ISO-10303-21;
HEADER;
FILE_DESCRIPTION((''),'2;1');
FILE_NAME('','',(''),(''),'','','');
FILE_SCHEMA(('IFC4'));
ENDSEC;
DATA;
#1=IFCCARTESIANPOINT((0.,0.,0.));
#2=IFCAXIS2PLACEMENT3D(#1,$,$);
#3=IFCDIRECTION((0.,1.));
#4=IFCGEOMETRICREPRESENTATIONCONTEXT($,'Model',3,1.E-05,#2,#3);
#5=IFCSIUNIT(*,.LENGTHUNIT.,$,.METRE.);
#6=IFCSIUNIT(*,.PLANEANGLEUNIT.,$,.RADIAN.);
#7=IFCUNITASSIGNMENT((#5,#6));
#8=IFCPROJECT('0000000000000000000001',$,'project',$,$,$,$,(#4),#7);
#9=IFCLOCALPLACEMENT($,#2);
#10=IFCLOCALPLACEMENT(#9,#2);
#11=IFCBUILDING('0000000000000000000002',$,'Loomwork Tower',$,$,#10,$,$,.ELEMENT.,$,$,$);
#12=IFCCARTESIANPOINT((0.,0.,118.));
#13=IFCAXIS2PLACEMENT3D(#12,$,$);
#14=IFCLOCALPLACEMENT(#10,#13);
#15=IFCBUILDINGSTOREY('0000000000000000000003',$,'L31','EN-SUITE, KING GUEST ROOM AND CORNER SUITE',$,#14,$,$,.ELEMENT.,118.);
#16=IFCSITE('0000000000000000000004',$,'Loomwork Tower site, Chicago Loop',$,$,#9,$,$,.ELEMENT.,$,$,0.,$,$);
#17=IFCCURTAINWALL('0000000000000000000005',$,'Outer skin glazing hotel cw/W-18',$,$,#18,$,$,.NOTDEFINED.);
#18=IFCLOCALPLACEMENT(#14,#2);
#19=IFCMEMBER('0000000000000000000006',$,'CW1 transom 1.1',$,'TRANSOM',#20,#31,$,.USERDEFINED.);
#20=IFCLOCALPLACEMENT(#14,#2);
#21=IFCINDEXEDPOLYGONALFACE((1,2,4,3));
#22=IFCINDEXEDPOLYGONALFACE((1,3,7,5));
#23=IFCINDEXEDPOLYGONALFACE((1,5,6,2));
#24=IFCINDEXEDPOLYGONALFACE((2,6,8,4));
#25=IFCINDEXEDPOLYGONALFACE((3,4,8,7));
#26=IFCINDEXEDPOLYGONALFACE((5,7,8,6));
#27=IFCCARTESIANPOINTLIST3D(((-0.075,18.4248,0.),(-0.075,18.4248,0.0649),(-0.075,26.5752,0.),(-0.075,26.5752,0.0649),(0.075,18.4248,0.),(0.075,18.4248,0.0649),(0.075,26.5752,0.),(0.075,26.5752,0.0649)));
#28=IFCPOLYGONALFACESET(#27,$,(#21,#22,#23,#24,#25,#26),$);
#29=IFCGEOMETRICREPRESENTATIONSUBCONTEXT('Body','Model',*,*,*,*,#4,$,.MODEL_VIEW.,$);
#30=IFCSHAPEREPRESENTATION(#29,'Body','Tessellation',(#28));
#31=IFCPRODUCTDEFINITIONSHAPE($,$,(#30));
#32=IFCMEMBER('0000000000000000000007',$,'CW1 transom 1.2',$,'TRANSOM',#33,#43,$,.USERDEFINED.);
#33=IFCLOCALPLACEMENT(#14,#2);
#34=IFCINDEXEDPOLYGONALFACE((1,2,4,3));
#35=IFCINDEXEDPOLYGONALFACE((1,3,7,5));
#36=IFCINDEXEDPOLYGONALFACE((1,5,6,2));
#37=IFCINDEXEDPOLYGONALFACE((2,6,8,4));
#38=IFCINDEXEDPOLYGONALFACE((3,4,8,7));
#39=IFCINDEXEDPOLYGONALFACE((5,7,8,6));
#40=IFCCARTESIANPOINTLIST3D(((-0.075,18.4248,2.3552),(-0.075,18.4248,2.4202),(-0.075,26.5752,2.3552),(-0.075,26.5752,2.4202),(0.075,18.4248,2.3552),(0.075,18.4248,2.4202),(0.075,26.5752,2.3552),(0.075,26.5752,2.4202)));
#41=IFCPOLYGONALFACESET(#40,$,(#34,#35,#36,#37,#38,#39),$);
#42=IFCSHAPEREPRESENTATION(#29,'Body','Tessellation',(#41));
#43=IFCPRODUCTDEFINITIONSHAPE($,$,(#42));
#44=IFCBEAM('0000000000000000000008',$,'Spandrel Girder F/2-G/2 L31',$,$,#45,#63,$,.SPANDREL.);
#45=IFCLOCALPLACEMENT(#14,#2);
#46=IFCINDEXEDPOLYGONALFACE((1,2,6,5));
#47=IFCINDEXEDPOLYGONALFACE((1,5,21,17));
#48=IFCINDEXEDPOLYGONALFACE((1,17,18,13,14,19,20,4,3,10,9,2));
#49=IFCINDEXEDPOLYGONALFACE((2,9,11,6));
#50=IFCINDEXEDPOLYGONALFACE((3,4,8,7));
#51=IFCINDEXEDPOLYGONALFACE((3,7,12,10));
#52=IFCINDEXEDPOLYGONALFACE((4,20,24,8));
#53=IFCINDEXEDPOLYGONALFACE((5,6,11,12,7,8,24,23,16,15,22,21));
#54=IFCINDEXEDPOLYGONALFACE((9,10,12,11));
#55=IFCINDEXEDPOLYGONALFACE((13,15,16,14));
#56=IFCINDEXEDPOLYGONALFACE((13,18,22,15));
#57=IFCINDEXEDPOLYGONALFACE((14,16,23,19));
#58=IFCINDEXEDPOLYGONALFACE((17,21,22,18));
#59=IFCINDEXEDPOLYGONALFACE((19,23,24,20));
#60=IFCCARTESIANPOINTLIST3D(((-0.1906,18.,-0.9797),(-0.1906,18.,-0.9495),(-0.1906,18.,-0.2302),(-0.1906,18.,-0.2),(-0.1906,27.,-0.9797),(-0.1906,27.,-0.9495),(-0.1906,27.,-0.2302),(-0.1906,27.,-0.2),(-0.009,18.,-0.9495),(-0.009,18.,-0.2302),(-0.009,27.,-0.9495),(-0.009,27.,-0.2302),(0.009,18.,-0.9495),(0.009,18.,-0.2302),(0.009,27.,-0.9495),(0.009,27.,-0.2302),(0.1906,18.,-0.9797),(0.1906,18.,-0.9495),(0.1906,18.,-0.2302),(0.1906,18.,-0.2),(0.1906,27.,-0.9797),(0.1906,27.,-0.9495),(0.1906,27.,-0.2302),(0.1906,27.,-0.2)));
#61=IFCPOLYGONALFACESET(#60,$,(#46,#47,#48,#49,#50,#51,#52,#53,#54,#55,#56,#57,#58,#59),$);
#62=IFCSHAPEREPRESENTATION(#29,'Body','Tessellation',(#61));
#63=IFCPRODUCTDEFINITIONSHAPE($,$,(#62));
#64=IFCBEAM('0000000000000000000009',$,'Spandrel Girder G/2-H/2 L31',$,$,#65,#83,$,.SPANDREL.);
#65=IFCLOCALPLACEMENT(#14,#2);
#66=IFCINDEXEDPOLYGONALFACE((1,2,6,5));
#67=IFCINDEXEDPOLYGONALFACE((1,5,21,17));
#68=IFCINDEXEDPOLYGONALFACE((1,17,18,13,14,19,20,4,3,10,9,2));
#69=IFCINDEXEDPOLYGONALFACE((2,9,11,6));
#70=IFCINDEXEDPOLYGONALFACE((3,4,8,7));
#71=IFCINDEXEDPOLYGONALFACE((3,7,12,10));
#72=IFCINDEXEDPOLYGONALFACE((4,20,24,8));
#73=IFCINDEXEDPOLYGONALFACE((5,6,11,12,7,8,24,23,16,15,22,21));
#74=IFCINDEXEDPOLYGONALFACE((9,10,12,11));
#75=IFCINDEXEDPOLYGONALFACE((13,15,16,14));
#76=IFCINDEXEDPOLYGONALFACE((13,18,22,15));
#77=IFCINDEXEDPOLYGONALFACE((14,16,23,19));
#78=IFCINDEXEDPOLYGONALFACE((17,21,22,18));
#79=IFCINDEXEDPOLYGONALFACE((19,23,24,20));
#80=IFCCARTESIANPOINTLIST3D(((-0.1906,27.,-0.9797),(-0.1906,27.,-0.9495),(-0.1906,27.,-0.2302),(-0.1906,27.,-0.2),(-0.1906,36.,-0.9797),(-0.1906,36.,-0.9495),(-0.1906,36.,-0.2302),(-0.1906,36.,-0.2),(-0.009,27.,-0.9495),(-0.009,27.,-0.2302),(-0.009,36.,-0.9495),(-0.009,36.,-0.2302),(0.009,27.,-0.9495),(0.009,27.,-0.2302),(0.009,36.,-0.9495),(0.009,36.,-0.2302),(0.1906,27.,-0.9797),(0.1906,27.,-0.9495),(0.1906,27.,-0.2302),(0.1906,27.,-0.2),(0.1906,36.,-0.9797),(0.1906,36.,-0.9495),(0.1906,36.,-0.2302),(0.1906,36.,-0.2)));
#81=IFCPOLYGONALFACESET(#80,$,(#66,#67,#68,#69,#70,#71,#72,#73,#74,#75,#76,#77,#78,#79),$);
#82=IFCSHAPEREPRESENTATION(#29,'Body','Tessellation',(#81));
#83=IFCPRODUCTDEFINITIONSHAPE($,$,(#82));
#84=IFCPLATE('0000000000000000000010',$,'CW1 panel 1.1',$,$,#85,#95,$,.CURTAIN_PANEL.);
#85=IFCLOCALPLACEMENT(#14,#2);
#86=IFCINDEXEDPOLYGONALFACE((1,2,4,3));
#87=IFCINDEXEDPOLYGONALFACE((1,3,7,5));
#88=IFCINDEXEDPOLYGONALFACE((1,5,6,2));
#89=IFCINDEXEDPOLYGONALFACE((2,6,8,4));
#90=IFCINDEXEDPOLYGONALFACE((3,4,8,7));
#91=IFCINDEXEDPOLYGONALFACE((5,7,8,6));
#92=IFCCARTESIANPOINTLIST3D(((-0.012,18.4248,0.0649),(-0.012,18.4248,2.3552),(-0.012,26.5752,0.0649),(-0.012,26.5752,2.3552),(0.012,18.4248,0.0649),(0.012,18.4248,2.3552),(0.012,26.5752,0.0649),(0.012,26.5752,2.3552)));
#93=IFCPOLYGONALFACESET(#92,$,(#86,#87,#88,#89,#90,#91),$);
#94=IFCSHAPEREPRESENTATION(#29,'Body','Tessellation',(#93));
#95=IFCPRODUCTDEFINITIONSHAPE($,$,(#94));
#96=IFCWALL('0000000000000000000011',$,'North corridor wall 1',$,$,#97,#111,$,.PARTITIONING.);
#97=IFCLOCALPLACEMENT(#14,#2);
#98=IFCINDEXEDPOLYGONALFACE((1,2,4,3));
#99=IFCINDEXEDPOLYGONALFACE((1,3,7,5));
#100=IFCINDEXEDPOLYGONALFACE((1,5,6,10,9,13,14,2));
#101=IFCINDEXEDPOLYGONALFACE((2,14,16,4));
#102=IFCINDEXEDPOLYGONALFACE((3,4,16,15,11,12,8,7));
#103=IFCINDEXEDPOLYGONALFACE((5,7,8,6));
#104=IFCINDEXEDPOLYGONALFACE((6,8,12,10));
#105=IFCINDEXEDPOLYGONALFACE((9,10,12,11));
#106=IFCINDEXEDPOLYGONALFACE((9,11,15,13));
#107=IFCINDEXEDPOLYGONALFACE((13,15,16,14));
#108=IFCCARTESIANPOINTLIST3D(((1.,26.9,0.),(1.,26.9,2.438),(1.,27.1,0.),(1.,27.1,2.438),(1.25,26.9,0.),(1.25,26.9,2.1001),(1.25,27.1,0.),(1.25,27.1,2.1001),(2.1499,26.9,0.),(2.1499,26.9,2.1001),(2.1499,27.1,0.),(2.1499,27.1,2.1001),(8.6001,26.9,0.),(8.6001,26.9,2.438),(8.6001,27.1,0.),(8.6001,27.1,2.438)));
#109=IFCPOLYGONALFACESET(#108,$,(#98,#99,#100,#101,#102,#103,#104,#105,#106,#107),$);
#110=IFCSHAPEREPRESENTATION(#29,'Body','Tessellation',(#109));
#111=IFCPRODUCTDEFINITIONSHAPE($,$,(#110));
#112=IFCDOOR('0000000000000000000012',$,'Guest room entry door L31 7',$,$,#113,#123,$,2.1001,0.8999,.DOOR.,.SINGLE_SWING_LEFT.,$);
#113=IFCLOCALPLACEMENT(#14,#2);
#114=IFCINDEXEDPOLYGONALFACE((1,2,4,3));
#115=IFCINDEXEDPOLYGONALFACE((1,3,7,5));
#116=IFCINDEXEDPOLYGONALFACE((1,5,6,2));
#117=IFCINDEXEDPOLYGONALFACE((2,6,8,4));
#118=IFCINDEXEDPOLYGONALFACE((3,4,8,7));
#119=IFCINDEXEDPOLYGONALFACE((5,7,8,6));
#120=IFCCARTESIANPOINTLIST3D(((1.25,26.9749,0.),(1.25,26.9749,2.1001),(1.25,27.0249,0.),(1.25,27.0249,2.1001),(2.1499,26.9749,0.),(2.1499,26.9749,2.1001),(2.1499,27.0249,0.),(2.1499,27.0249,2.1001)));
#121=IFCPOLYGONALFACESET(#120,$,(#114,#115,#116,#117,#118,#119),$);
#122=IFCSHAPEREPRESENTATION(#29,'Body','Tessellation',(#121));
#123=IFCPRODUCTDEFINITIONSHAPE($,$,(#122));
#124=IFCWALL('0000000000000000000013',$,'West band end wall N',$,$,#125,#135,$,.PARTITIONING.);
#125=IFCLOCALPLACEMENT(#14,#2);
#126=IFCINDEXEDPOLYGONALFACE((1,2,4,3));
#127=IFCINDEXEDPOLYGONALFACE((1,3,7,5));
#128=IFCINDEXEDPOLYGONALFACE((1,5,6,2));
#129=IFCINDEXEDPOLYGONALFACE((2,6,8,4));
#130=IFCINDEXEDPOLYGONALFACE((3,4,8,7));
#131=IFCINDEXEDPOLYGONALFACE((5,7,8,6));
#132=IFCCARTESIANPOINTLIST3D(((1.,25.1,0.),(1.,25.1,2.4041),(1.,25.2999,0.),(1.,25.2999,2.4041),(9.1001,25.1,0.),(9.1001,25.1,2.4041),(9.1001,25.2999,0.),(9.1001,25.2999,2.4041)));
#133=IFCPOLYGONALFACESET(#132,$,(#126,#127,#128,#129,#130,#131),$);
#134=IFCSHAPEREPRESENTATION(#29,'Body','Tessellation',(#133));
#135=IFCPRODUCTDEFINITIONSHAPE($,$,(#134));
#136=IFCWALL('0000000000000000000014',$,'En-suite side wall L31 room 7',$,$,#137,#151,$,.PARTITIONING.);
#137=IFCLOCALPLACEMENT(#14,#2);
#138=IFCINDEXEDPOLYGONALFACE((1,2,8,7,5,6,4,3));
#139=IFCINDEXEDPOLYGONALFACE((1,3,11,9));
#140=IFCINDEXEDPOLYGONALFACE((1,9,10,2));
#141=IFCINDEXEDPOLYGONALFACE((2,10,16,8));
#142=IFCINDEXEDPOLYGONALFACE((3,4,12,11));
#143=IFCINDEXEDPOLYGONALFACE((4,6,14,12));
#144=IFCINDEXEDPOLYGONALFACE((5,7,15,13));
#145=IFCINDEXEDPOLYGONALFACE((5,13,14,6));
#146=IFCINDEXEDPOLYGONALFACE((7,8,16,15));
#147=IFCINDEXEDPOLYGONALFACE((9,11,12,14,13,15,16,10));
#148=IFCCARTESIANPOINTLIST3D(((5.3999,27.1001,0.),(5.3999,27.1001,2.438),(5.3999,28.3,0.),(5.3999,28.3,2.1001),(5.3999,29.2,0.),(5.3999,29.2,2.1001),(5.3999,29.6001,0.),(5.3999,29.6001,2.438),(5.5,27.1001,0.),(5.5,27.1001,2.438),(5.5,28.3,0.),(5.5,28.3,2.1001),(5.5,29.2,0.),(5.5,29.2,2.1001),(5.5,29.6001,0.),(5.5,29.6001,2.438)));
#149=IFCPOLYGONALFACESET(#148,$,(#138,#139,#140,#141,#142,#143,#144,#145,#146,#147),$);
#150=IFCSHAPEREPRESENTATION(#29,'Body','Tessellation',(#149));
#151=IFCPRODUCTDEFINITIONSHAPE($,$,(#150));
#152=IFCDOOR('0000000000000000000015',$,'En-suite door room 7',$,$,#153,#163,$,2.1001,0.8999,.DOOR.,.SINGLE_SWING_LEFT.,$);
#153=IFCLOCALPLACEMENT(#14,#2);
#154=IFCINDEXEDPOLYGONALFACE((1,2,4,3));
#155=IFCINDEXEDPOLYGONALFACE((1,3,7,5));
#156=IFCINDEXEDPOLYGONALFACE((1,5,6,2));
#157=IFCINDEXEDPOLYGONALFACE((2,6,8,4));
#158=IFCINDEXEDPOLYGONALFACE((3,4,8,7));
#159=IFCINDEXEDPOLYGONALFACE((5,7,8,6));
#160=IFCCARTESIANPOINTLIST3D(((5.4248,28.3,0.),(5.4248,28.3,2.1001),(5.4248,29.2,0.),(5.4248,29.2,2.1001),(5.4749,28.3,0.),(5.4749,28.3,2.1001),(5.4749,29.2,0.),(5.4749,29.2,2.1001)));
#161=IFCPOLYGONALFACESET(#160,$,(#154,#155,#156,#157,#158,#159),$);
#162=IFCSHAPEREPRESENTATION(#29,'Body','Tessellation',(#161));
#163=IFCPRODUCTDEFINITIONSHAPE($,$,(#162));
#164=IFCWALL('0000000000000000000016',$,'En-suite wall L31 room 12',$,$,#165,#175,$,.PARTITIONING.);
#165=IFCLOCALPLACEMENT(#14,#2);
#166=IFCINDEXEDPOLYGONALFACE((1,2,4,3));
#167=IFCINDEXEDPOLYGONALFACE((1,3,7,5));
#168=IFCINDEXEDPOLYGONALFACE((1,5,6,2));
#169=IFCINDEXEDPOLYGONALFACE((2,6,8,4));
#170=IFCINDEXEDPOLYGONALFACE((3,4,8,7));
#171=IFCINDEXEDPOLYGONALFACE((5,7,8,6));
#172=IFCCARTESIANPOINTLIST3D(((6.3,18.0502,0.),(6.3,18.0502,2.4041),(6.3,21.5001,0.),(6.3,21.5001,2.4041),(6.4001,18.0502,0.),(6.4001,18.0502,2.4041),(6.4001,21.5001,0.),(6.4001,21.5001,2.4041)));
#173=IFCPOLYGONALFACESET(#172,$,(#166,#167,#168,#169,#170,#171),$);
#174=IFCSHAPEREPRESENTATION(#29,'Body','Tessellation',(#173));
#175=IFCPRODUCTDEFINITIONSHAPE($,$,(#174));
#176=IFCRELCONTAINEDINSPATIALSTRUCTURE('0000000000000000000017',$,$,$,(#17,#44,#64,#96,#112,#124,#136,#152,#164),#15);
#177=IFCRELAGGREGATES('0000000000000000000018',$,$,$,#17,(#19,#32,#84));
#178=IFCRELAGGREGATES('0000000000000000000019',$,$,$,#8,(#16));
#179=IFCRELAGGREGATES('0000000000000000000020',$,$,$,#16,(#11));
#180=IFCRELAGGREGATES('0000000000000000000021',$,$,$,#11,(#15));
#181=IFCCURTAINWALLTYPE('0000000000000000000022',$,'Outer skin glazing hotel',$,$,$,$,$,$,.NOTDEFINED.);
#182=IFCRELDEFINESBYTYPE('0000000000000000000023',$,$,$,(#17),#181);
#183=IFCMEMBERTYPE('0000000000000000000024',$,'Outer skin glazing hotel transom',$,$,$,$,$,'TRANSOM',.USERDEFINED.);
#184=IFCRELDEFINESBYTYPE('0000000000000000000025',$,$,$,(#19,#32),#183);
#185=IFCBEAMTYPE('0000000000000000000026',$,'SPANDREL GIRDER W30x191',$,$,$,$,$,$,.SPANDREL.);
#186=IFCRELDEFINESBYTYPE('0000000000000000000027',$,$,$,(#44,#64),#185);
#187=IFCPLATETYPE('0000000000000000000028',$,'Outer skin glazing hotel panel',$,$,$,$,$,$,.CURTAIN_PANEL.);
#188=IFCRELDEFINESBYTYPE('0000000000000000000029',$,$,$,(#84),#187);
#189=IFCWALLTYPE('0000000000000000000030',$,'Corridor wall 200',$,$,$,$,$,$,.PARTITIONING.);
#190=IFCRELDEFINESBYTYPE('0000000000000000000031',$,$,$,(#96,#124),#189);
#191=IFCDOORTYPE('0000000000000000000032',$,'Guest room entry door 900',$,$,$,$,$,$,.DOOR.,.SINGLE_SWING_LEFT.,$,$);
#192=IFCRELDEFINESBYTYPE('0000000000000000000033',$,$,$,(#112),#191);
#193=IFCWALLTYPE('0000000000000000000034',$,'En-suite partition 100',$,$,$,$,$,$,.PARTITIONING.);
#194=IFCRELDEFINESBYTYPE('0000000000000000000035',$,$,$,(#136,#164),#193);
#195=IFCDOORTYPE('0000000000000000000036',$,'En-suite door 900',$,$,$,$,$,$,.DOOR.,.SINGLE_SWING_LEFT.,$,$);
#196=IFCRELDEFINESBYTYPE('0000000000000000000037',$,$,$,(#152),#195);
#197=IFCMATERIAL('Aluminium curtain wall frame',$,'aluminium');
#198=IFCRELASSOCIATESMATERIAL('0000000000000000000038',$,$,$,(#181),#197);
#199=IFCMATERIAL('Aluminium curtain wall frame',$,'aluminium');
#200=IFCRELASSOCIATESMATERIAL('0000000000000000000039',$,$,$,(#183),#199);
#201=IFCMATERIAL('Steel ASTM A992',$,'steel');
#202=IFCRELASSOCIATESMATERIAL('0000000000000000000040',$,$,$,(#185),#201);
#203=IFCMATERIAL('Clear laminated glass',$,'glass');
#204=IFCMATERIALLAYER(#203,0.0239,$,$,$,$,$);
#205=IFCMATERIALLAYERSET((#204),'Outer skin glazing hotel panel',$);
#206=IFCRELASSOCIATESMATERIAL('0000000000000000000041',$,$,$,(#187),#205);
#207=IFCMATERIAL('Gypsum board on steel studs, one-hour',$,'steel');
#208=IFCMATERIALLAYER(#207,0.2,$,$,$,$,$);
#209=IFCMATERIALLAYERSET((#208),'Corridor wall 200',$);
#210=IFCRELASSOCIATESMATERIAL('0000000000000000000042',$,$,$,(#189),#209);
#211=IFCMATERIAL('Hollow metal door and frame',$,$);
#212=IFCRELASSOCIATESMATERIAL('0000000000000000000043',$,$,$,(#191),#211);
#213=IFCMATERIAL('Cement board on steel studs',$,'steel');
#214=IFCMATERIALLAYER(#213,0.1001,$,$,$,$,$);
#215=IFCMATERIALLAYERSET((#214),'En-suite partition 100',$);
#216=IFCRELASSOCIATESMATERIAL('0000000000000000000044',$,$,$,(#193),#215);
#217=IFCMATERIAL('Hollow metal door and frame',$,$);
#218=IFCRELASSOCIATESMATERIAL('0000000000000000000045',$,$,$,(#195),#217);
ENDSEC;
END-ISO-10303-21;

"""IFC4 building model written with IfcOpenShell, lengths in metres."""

from ifc_helpers import new_model, si_unit, direction, frame, frame_2d, origin, origin_2d, place, context, subcontext, project, spatial, rectangle, i_section, extrude, material, layer, layer_set, material_profile, profile_set, type_object, element, fill, aggregate, save


model = new_model("IFC4")

# Units and contexts
model_context = context("Model", 3, precision=1e-05, world=origin(), true_north=direction((0.0, 1.0)))
body_context = subcontext(model_context, "Body", "Model", "MODEL_VIEW")
ifc_project = project(units=[si_unit("LENGTHUNIT", "METRE"), si_unit("PLANEANGLEUNIT", "RADIAN")], contexts=[model_context])

# Site, building, storey
site_placement = place(None, origin())
site = spatial("IfcSite", under=ifc_project, at=site_placement, Name="Loomwork Tower site, Chicago Loop", CompositionType="ELEMENT", RefElevation=0.0)
building_placement = place(site_placement, origin())
building = spatial("IfcBuilding", under=site, at=building_placement, Name="Loomwork Tower", CompositionType="ELEMENT")
storey_placement = place(building_placement, frame((0.0, 0.0, 118.0)))
storey = spatial("IfcBuildingStorey", under=building, at=storey_placement, Name="L31", Description="EN-SUITE, KING GUEST ROOM AND CORNER SUITE", CompositionType="ELEMENT", Elevation=118.0)

# Shared definitions
ifc_material_1 = material(Name="Aluminium curtain wall frame", Category="aluminium")
curtain_wall_type = type_object("IfcCurtainWallType", Name="Outer skin glazing hotel", PredefinedType="NOTDEFINED", material=ifc_material_1)

# Curtain wall
curtain_wall_1_placement = place(storey_placement, origin())
curtain_wall_1 = element("IfcCurtainWall", 1, at=curtain_wall_1_placement, inside=storey, type_object=curtain_wall_type, Name="Outer skin glazing hotel cw/W-18", PredefinedType="NOTDEFINED")

# Members
ifc_material_2 = material(Name="Aluminium curtain wall frame", Category="aluminium")
ifc_material_profile_1 = material_profile(ifc_material_2, rectangle(XDim=0.1499, YDim=0.0649, at=origin_2d()), Name="AL 65x150")
ifc_profile_set_1 = profile_set([ifc_material_profile_1], Name="Aluminium curtain wall frame")
member_type_1 = type_object("IfcMemberType", Name="Outer skin glazing hotel transom", ElementType="TRANSOM", PredefinedType="USERDEFINED", material=ifc_profile_set_1)
member_1_placement = place(storey_placement, frame((0.0, 26.5752, 0.0325), z_axis=(0.0, -1.0, 0.0), x_axis=(1.0, 0.0, 0.0)))
member_1 = element("IfcMember", 2, at=member_1_placement, type_object=member_type_1, Name="CW1 transom 1.1", ObjectType="TRANSOM", PredefinedType="USERDEFINED", context=body_context, shape_type="SweptSolid", body=[
    extrude(rectangle(XDim=0.1499, YDim=0.0649, at=origin_2d()), origin(), (0.0, 0.0, 1.0), 8.1504),
])
member_2_placement = place(storey_placement, frame((0.0, 26.5752, 2.3877), z_axis=(0.0, -1.0, 0.0), x_axis=(1.0, 0.0, 0.0)))
member_2 = element("IfcMember", 3, at=member_2_placement, type_object=member_type_1, Name="CW1 transom 1.2", ObjectType="TRANSOM", PredefinedType="USERDEFINED", context=body_context, shape_type="SweptSolid", body=[
    extrude(rectangle(XDim=0.1499, YDim=0.0649, at=origin_2d()), origin(), (0.0, 0.0, 1.0), 8.1504),
])

# Beams
ifc_material_3 = material(Name="Steel ASTM A992", Category="steel")
ifc_material_profile_2 = material_profile(ifc_material_3, i_section(OverallWidth=0.3811, OverallDepth=0.7798, WebThickness=0.0181, FlangeThickness=0.0303, at=origin_2d()), Name="W30x191")
ifc_profile_set_2 = profile_set([ifc_material_profile_2], Name="Steel ASTM A992")
beam_type_1 = type_object("IfcBeamType", Name="SPANDREL GIRDER W30x191", PredefinedType="SPANDREL", material=ifc_profile_set_2)
for number, where, z_axis, x_axis, name in (
    (4, (0.0, 18.0, -0.5898), (0.0, 1.0, 0.0), (-1.0, 0.0, 0.0), "Spandrel Girder F/2-G/2 L31"),
    (5, (0.0, 27.0, -0.5898), (0.0, 1.0, 0.0), (-1.0, 0.0, 0.0), "Spandrel Girder G/2-H/2 L31"),
):
    element("IfcBeam", number, at=place(storey_placement, frame(where, z_axis=z_axis, x_axis=x_axis)), inside=storey, type_object=beam_type_1, Name=name, PredefinedType="SPANDREL", context=body_context, shape_type="SweptSolid", body=[
        extrude(i_section(OverallWidth=0.3811, OverallDepth=0.7798, WebThickness=0.0181, FlangeThickness=0.0303, at=origin_2d()), origin(), (0.0, 0.0, 1.0), 9.0),
    ])

# Plate
ifc_material_4 = material(Name="Clear laminated glass", Category="glass")
ifc_layer_1 = layer(ifc_material_4, 0.0239)
ifc_layer_set_1 = layer_set([ifc_layer_1], Name="Outer skin glazing hotel panel")
plate_type = type_object("IfcPlateType", Name="Outer skin glazing hotel panel", PredefinedType="CURTAIN_PANEL", material=ifc_layer_set_1)
plate_placement = place(storey_placement, frame((0.0, 22.5, 0.0649), z_axis=(0.0, 0.0, 1.0), x_axis=(0.0, -1.0, 0.0)))
plate = element("IfcPlate", 6, at=plate_placement, type_object=plate_type, Name="CW1 panel 1.1", PredefinedType="CURTAIN_PANEL", context=body_context, shape_type="SweptSolid", body=[
    extrude(rectangle(XDim=8.1504, YDim=0.0239, at=origin_2d()), origin(), (0.0, 0.0, 1.0), 2.2903),
])
aggregate(curtain_wall_1, [member_1, member_2, plate])

# Wall, opening, door
ifc_material_5 = material(Name="Gypsum board on steel studs, one-hour", Category="steel")
ifc_layer_2 = layer(ifc_material_5, 0.2)
ifc_layer_set_2 = layer_set([ifc_layer_2], Name="Corridor wall 200")
wall_type_1 = type_object("IfcWallType", Name="Corridor wall 200", PredefinedType="PARTITIONING", material=ifc_layer_set_2)
wall_1_placement = place(storey_placement, frame((1.0, 27.0, 0.0), z_axis=(0.0, 0.0, 1.0), x_axis=(1.0, 0.0, 0.0)))
wall_1 = element("IfcWall", 7, at=wall_1_placement, inside=storey, type_object=wall_type_1, Name="North corridor wall 1", PredefinedType="PARTITIONING", context=body_context, shape_type="SweptSolid", body=[
    extrude(rectangle(XDim=7.6001, YDim=0.2, at=frame_2d((3.8, 0.0))), origin(), (0.0, 0.0, 1.0), 2.438),
])
opening_1_placement = place(wall_1_placement, frame((0.25, 0.0, 0.0)))
opening_1 = element("IfcOpeningElement", 8, at=opening_1_placement, cuts=wall_1, PredefinedType="OPENING", context=body_context, shape_type="SweptSolid", body=[
    extrude(rectangle(XDim=0.8999, YDim=2.1001, at=frame_2d((0.45, 1.05))), frame((0.0, 0.1099, 0.0), z_axis=(0.0, -1.0, 0.0), x_axis=(1.0, 0.0, 0.0)), (0.0, 0.0, 1.0), 0.22),
])
ifc_material_6 = material(Name="Hollow metal door and frame")
door_type_1 = type_object("IfcDoorType", Name="Guest room entry door 900", OperationType="SINGLE_SWING_LEFT", PredefinedType="DOOR", material=ifc_material_6)
door_1_placement = place(opening_1_placement, origin())
door_1 = element("IfcDoor", 9, at=door_1_placement, inside=storey, type_object=door_type_1, Name="Guest room entry door L31 7", OperationType="SINGLE_SWING_LEFT", OverallHeight=2.1001, OverallWidth=0.8999, PredefinedType="DOOR", context=body_context, shape_type="SweptSolid", body=[
    extrude(rectangle(XDim=0.8999, YDim=2.1001, at=frame_2d((0.45, 1.05))), frame((0.0, 0.0249, 0.0), z_axis=(0.0, -1.0, 0.0), x_axis=(1.0, 0.0, 0.0)), (0.0, 0.0, 1.0), 0.05),
])
fill(opening_1, door_1)

# Wall
wall_2_placement = place(storey_placement, frame((1.0, 25.2, 0.0), z_axis=(0.0, 0.0, 1.0), x_axis=(1.0, 0.0, 0.0)))
element("IfcWall", 10, at=wall_2_placement, inside=storey, type_object=wall_type_1, Name="West band end wall N", PredefinedType="PARTITIONING", context=body_context, shape_type="SweptSolid", body=[
    extrude(rectangle(XDim=8.1001, YDim=0.2, at=frame_2d((4.05, 0.0))), origin(), (0.0, 0.0, 1.0), 2.4041),
])

# Wall, opening, door
ifc_material_7 = material(Name="Cement board on steel studs", Category="steel")
ifc_layer_3 = layer(ifc_material_7, 0.1001)
ifc_layer_set_3 = layer_set([ifc_layer_3], Name="En-suite partition 100")
wall_type_2 = type_object("IfcWallType", Name="En-suite partition 100", PredefinedType="PARTITIONING", material=ifc_layer_set_3)
wall_3_placement = place(storey_placement, frame((5.45, 27.1001, 0.0), z_axis=(0.0, 0.0, 1.0), x_axis=(0.0, 1.0, 0.0)))
wall_3 = element("IfcWall", 11, at=wall_3_placement, inside=storey, type_object=wall_type_2, Name="En-suite side wall L31 room 7", PredefinedType="PARTITIONING", context=body_context, shape_type="SweptSolid", body=[
    extrude(rectangle(XDim=2.5, YDim=0.1001, at=frame_2d((1.25, 0.0))), origin(), (0.0, 0.0, 1.0), 2.438),
])
opening_2_placement = place(wall_3_placement, frame((1.2, 0.0, 0.0)))
opening_2 = element("IfcOpeningElement", 12, at=opening_2_placement, cuts=wall_3, PredefinedType="OPENING", context=body_context, shape_type="SweptSolid", body=[
    extrude(rectangle(XDim=0.8999, YDim=2.1001, at=frame_2d((0.45, 1.05))), frame((0.0, 0.0601, 0.0), z_axis=(0.0, -1.0, 0.0), x_axis=(1.0, 0.0, 0.0)), (0.0, 0.0, 1.0), 0.1201),
])
ifc_material_8 = material(Name="Hollow metal door and frame")
door_type_2 = type_object("IfcDoorType", Name="En-suite door 900", OperationType="SINGLE_SWING_LEFT", PredefinedType="DOOR", material=ifc_material_8)
door_2_placement = place(opening_2_placement, frame((0.8999, 0.0, 0.0), z_axis=(0.0, 0.0, 1.0), x_axis=(-1.0, 0.0, 0.0)))
door_2 = element("IfcDoor", 13, at=door_2_placement, inside=storey, type_object=door_type_2, Name="En-suite door room 7", OperationType="SINGLE_SWING_LEFT", OverallHeight=2.1001, OverallWidth=0.8999, PredefinedType="DOOR", context=body_context, shape_type="SweptSolid", body=[
    extrude(rectangle(XDim=0.8999, YDim=2.1001, at=frame_2d((0.45, 1.05))), frame((0.0, 0.0249, 0.0), z_axis=(0.0, -1.0, 0.0), x_axis=(1.0, 0.0, 0.0)), (0.0, 0.0, 1.0), 0.05),
])
fill(opening_2, door_2)

# Wall
wall_4_placement = place(storey_placement, frame((6.3501, 18.05, 0.0), z_axis=(0.0, 0.0, 1.0), x_axis=(0.0, 1.0, 0.0)))
element("IfcWall", 14, at=wall_4_placement, inside=storey, type_object=wall_type_2, Name="En-suite wall L31 room 12", PredefinedType="PARTITIONING", context=body_context, shape_type="SweptSolid", body=[
    extrude(rectangle(XDim=3.45, YDim=0.1001, at=frame_2d((1.7251, 0.0))), origin(), (0.0, 0.0, 1.0), 2.4041),
])

save(model, "model.ifc")
